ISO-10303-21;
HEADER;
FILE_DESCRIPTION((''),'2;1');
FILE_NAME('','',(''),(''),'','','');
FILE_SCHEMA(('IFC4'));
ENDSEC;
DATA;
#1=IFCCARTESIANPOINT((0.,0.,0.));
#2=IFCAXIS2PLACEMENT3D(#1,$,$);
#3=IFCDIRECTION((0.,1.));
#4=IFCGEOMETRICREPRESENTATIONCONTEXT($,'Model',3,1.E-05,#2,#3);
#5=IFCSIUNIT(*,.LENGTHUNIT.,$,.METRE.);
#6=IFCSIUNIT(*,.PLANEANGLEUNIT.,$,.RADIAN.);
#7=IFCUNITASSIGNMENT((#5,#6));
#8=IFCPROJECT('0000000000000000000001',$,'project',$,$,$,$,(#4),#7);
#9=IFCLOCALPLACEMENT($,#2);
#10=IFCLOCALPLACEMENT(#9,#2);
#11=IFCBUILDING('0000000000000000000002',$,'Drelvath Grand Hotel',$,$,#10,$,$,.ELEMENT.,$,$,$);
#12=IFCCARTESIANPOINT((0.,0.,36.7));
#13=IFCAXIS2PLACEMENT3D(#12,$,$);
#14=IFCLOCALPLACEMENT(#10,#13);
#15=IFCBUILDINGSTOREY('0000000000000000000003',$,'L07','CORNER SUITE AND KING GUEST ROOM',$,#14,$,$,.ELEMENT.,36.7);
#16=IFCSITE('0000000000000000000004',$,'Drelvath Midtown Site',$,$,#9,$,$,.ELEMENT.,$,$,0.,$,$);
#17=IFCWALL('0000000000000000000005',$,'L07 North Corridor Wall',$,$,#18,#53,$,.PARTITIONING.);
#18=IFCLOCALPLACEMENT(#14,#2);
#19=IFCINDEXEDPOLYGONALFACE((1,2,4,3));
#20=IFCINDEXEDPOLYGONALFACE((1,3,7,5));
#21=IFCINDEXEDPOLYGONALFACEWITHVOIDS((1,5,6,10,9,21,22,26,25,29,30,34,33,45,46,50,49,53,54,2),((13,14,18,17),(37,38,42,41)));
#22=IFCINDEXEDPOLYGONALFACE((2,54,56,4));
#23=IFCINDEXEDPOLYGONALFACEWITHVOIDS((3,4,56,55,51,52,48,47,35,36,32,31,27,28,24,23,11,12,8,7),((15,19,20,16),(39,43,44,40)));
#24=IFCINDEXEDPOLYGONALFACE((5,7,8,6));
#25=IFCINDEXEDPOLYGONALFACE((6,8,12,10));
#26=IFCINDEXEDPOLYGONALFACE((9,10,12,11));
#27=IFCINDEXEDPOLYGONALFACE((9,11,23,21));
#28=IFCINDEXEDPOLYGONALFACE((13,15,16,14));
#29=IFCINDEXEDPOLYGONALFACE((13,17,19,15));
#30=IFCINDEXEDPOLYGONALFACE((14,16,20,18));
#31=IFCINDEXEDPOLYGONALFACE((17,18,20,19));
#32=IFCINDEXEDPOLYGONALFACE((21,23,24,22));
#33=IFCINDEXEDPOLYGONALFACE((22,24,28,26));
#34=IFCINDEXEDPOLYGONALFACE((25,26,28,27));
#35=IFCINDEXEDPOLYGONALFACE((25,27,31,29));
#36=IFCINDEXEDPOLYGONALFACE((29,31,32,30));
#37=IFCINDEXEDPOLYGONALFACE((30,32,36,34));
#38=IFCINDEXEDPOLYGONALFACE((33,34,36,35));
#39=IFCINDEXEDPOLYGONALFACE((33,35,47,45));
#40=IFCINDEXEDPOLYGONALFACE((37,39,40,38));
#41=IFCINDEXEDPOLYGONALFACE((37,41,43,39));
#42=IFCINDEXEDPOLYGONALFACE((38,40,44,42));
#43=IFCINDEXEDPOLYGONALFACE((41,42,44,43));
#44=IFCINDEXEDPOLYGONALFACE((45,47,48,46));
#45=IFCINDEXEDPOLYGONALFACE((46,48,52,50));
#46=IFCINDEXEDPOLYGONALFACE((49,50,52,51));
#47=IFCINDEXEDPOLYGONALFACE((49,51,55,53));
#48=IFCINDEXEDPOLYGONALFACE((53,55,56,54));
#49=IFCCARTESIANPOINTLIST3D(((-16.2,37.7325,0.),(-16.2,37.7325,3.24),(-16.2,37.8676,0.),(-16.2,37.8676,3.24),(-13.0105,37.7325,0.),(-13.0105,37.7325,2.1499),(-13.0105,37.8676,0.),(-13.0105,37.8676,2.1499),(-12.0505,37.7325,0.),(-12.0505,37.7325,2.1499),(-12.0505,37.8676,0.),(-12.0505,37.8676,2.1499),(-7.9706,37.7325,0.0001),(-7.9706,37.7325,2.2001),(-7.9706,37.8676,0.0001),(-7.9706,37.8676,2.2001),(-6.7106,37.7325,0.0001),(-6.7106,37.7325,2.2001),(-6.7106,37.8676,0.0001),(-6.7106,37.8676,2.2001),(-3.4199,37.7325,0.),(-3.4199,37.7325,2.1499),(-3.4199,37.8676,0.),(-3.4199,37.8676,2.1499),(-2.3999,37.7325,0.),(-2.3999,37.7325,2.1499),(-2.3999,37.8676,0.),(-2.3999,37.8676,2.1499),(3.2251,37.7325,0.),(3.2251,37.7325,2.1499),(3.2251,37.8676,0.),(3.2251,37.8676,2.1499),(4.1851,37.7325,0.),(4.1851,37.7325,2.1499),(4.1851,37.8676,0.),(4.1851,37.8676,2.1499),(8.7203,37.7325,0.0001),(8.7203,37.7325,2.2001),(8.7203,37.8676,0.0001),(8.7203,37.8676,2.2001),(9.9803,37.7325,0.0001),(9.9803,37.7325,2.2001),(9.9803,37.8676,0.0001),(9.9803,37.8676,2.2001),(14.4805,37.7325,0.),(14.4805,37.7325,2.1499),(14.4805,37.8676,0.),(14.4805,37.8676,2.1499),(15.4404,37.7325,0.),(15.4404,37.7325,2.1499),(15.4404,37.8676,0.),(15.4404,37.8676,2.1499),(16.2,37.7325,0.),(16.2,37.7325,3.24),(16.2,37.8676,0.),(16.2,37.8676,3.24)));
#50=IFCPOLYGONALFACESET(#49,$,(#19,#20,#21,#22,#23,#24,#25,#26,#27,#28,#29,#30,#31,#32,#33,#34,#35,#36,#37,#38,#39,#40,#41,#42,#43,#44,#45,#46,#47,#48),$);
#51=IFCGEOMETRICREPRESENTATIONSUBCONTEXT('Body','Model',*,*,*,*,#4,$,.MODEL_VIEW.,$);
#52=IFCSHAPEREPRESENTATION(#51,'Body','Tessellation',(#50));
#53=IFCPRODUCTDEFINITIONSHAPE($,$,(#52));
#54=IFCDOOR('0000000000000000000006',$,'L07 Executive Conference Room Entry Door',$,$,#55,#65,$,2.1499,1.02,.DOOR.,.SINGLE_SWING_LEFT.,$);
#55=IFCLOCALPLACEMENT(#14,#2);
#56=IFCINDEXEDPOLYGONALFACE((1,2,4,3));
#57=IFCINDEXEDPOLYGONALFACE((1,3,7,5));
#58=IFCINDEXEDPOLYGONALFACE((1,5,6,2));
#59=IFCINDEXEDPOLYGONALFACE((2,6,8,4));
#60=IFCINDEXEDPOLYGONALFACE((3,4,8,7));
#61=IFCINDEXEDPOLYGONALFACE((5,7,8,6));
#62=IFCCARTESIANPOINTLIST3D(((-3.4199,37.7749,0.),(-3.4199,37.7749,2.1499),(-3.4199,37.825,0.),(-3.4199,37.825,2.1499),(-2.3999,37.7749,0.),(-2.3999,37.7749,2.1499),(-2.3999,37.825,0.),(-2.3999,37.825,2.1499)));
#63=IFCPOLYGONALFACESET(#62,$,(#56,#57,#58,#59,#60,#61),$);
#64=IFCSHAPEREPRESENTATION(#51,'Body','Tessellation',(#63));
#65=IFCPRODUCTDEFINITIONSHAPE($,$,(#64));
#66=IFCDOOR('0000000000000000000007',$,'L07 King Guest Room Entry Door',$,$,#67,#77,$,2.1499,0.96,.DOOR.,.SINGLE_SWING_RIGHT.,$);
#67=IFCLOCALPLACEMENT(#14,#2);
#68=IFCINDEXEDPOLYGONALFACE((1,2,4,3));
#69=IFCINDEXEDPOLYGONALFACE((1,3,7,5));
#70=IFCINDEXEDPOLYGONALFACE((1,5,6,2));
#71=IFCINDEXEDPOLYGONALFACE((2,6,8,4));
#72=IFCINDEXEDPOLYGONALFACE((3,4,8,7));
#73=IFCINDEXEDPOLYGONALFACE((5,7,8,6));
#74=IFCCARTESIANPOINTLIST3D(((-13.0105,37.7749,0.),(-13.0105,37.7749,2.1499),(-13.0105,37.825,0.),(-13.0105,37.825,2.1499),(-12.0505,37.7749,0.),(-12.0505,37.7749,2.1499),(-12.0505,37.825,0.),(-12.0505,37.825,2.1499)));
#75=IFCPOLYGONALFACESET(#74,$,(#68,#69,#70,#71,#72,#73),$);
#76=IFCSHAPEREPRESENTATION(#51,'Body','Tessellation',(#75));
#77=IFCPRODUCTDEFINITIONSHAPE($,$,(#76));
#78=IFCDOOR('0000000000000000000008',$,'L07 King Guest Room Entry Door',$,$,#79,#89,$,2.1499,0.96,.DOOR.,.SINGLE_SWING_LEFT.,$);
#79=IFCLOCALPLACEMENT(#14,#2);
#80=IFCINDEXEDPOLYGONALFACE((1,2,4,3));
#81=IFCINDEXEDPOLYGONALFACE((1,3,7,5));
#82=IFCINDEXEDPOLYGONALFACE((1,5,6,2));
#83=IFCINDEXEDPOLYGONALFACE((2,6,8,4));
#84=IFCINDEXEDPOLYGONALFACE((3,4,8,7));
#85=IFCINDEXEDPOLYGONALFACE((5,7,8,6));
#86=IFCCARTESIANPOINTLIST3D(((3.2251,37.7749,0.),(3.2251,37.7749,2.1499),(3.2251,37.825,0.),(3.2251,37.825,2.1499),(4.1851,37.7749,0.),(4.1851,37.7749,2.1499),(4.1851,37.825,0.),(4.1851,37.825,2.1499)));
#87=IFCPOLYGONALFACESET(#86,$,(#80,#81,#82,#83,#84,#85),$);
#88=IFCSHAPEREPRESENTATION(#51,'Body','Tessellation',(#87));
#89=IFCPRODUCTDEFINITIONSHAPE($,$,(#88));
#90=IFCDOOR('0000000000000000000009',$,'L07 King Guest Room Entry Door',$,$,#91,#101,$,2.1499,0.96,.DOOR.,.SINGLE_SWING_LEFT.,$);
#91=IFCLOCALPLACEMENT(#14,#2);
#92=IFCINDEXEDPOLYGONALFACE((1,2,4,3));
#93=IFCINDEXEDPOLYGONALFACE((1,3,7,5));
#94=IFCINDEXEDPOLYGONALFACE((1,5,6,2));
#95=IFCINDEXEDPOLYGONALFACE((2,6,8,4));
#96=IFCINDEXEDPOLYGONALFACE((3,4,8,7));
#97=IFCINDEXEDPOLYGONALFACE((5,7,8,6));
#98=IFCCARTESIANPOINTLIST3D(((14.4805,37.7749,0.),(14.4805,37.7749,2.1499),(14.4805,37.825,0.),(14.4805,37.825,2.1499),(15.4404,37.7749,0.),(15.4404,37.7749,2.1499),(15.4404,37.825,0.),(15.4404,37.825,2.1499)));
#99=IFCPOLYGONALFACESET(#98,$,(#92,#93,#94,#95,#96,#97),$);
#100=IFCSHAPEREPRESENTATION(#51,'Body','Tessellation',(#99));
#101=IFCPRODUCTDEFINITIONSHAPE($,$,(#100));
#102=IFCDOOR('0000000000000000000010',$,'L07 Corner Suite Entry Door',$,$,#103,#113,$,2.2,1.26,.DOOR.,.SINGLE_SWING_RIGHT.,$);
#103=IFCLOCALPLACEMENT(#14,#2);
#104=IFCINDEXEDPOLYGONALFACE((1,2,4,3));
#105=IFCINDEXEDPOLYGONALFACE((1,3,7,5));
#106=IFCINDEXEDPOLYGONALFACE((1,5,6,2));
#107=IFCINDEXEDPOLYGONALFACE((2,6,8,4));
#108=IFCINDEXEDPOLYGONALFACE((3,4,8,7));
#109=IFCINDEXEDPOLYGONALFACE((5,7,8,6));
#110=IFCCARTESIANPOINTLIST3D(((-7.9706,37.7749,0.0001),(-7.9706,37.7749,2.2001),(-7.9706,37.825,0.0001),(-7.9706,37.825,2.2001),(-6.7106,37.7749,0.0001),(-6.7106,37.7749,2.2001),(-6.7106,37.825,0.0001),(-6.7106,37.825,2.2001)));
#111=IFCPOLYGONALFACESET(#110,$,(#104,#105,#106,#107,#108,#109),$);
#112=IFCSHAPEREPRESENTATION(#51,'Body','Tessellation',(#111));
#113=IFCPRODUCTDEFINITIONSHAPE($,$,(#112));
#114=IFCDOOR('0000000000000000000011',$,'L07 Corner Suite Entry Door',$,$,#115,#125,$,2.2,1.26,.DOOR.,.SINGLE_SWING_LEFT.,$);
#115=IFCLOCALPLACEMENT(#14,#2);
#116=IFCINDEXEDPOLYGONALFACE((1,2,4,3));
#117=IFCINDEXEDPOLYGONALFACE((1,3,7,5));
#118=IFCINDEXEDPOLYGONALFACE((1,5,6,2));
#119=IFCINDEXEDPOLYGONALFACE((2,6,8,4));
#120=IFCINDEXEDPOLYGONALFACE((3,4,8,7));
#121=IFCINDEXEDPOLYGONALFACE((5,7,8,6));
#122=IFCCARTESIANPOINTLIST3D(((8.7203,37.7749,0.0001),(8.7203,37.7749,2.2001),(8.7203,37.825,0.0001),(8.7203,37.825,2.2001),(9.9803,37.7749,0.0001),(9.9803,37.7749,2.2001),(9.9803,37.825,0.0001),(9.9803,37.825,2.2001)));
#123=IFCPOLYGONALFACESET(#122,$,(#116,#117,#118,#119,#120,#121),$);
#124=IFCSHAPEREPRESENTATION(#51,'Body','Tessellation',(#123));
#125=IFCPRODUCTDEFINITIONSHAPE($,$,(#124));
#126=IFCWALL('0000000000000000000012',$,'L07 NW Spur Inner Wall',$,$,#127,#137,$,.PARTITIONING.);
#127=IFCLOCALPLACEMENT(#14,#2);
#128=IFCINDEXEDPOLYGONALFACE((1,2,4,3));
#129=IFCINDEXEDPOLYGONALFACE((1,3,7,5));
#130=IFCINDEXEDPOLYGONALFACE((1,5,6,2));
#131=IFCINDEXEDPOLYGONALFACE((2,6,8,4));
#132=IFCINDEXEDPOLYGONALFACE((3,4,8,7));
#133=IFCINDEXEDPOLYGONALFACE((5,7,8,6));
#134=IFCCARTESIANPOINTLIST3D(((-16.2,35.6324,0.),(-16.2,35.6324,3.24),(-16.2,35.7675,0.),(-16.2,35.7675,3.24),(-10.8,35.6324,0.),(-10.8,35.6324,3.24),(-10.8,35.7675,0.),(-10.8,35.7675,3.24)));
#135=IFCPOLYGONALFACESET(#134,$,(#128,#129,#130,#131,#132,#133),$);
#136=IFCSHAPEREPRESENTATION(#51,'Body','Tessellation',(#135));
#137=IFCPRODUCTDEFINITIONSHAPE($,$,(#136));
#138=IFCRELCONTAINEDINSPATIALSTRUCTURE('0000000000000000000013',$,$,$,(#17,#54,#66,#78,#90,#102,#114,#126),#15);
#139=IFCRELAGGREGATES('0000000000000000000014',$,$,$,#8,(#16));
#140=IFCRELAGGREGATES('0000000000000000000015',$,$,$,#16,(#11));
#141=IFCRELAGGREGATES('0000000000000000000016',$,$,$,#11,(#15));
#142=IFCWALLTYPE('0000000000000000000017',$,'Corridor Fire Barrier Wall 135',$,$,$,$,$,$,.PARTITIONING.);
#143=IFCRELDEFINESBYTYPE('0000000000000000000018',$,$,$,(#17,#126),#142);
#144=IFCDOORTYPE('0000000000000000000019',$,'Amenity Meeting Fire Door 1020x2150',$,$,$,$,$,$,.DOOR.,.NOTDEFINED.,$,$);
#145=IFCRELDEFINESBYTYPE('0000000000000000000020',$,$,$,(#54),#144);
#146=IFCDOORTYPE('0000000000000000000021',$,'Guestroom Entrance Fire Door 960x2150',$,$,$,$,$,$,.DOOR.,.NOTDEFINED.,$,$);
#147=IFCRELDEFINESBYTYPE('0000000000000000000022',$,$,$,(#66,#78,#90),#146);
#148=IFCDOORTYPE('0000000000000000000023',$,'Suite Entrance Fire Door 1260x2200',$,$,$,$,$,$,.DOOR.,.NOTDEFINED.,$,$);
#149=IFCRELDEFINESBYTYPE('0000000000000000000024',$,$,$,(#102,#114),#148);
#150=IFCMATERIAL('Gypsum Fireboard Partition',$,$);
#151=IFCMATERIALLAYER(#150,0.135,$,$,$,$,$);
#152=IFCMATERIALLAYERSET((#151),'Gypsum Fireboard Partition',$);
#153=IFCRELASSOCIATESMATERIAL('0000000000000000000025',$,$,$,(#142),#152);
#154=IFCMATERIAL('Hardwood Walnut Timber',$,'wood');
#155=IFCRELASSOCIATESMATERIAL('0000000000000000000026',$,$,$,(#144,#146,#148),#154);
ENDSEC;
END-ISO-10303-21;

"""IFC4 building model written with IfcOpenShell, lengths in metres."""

from ifc_helpers import new_model, si_unit, direction, frame, frame_2d, origin, place, context, subcontext, project, spatial, rectangle, extrude, material, layer, layer_set, type_object, element, fill, save


model = new_model("IFC4")

# Units and contexts
model_context = context("Model", 3, precision=1e-05, world=origin(), true_north=direction((0.0, 1.0)))
body_context = subcontext(model_context, "Body", "Model", "MODEL_VIEW")
ifc_project = project(units=[si_unit("LENGTHUNIT", "METRE"), si_unit("PLANEANGLEUNIT", "RADIAN")], contexts=[model_context])

# Site, building, storey
site_placement = place(None, origin())
site = spatial("IfcSite", under=ifc_project, at=site_placement, Name="Drelvath Midtown Site", CompositionType="ELEMENT", RefElevation=0.0)
building_placement = place(site_placement, origin())
building = spatial("IfcBuilding", under=site, at=building_placement, Name="Drelvath Grand Hotel", CompositionType="ELEMENT")
storey_placement = place(building_placement, frame((0.0, 0.0, 36.7)))
storey = spatial("IfcBuildingStorey", under=building, at=storey_placement, Name="L07", Description="CORNER SUITE AND KING GUEST ROOM", CompositionType="ELEMENT", Elevation=36.7)

# Wall, openings, doors
ifc_material_1 = material(Name="Gypsum Fireboard Partition")
ifc_layer_1 = layer(ifc_material_1, 0.135)
ifc_layer_set_1 = layer_set([ifc_layer_1], Name="Gypsum Fireboard Partition")
wall_type_1 = type_object("IfcWallType", Name="Corridor Fire Barrier Wall 135", PredefinedType="PARTITIONING", material=ifc_layer_set_1)
wall_1_placement = place(storey_placement, frame((-16.2, 37.8, 0.0), z_axis=(0.0, 0.0, 1.0), x_axis=(1.0, 0.0, 0.0)))
wall_1 = element("IfcWall", 1, at=wall_1_placement, inside=storey, type_object=wall_type_1, Name="L07 North Corridor Wall", PredefinedType="PARTITIONING", context=body_context, shape_type="SweptSolid", body=[
    extrude(rectangle(XDim=32.3999, YDim=0.135, at=frame_2d((16.2, 0.0))), origin(), (0.0, 0.0, 1.0), 3.24),
])
opening_1_placement = place(wall_1_placement, frame((3.1895, 0.0, 0.0)))
opening_1 = element("IfcOpeningElement", 2, at=opening_1_placement, cuts=wall_1, PredefinedType="OPENING", context=body_context, shape_type="SweptSolid", body=[
    extrude(rectangle(XDim=0.96, YDim=2.1499, at=frame_2d((0.48, 1.075))), frame((0.0, 0.0774, 0.0), z_axis=(0.0, -1.0, 0.0), x_axis=(1.0, 0.0, 0.0)), (0.0, 0.0, 1.0), 0.155),
])
opening_2_placement = place(wall_1_placement, frame((8.2295, 0.0, 0.0)))
opening_2 = element("IfcOpeningElement", 3, at=opening_2_placement, cuts=wall_1, PredefinedType="OPENING", context=body_context, shape_type="SweptSolid", body=[
    extrude(rectangle(XDim=1.26, YDim=2.2, at=frame_2d((0.6299, 1.1001))), frame((0.0, 0.0774, 0.0), z_axis=(0.0, -1.0, 0.0), x_axis=(1.0, 0.0, 0.0)), (0.0, 0.0, 1.0), 0.155),
])
opening_3_placement = place(wall_1_placement, frame((12.78, 0.0, 0.0)))
opening_3 = element("IfcOpeningElement", 4, at=opening_3_placement, cuts=wall_1, PredefinedType="OPENING", context=body_context, shape_type="SweptSolid", body=[
    extrude(rectangle(XDim=1.02, YDim=2.1499, at=frame_2d((0.51, 1.075))), frame((0.0, 0.0774, 0.0), z_axis=(0.0, -1.0, 0.0), x_axis=(1.0, 0.0, 0.0)), (0.0, 0.0, 1.0), 0.155),
])
opening_4_placement = place(wall_1_placement, frame((19.425, 0.0, 0.0)))
opening_4 = element("IfcOpeningElement", 5, at=opening_4_placement, cuts=wall_1, PredefinedType="OPENING", context=body_context, shape_type="SweptSolid", body=[
    extrude(rectangle(XDim=0.96, YDim=2.1499, at=frame_2d((0.48, 1.075))), frame((0.0, 0.0774, 0.0), z_axis=(0.0, -1.0, 0.0), x_axis=(1.0, 0.0, 0.0)), (0.0, 0.0, 1.0), 0.155),
])
opening_5_placement = place(wall_1_placement, frame((24.9204, 0.0, 0.0)))
opening_5 = element("IfcOpeningElement", 6, at=opening_5_placement, cuts=wall_1, PredefinedType="OPENING", context=body_context, shape_type="SweptSolid", body=[
    extrude(rectangle(XDim=1.26, YDim=2.2, at=frame_2d((0.6299, 1.1001))), frame((0.0, 0.0774, 0.0), z_axis=(0.0, -1.0, 0.0), x_axis=(1.0, 0.0, 0.0)), (0.0, 0.0, 1.0), 0.155),
])
opening_6_placement = place(wall_1_placement, frame((30.6804, 0.0, 0.0)))
opening_6 = element("IfcOpeningElement", 7, at=opening_6_placement, cuts=wall_1, PredefinedType="OPENING", context=body_context, shape_type="SweptSolid", body=[
    extrude(rectangle(XDim=0.96, YDim=2.1499, at=frame_2d((0.48, 1.075))), frame((0.0, 0.0774, 0.0), z_axis=(0.0, -1.0, 0.0), x_axis=(1.0, 0.0, 0.0)), (0.0, 0.0, 1.0), 0.155),
])
ifc_material_2 = material(Name="Hardwood Walnut Timber", Category="wood")
door_type_1 = type_object("IfcDoorType", Name="Amenity Meeting Fire Door 1020x2150", OperationType="NOTDEFINED", PredefinedType="DOOR", material=ifc_material_2)
door_1_placement = place(opening_3_placement, origin())
door_1 = element("IfcDoor", 8, at=door_1_placement, inside=storey, type_object=door_type_1, Name="L07 Executive Conference Room Entry Door", OperationType="SINGLE_SWING_LEFT", OverallHeight=2.1499, OverallWidth=1.02, PredefinedType="DOOR", context=body_context, shape_type="SweptSolid", body=[
    extrude(rectangle(XDim=1.02, YDim=2.1499, at=frame_2d((0.51, 1.075))), frame((0.0, 0.0249, 0.0), z_axis=(0.0, -1.0, 0.0), x_axis=(1.0, 0.0, 0.0)), (0.0, 0.0, 1.0), 0.05),
])
fill(opening_3, door_1)
door_type_2 = type_object("IfcDoorType", Name="Guestroom Entrance Fire Door 960x2150", OperationType="NOTDEFINED", PredefinedType="DOOR", material=ifc_material_2)
door_2_placement = place(opening_1_placement, origin())
door_2 = element("IfcDoor", 9, at=door_2_placement, inside=storey, type_object=door_type_2, Name="L07 King Guest Room Entry Door", OperationType="SINGLE_SWING_RIGHT", OverallHeight=2.1499, OverallWidth=0.96, PredefinedType="DOOR", context=body_context, shape_type="SweptSolid", body=[
    extrude(rectangle(XDim=0.96, YDim=2.1499, at=frame_2d((0.48, 1.075))), frame((0.0, 0.0249, 0.0), z_axis=(0.0, -1.0, 0.0), x_axis=(1.0, 0.0, 0.0)), (0.0, 0.0, 1.0), 0.05),
])
fill(opening_1, door_2)
door_3_placement = place(opening_4_placement, origin())
door_3 = element("IfcDoor", 10, at=door_3_placement, inside=storey, type_object=door_type_2, Name="L07 King Guest Room Entry Door", OperationType="SINGLE_SWING_LEFT", OverallHeight=2.1499, OverallWidth=0.96, PredefinedType="DOOR", context=body_context, shape_type="SweptSolid", body=[
    extrude(rectangle(XDim=0.96, YDim=2.1499, at=frame_2d((0.48, 1.075))), frame((0.0, 0.0249, 0.0), z_axis=(0.0, -1.0, 0.0), x_axis=(1.0, 0.0, 0.0)), (0.0, 0.0, 1.0), 0.05),
])
fill(opening_4, door_3)
door_4_placement = place(opening_6_placement, origin())
door_4 = element("IfcDoor", 11, at=door_4_placement, inside=storey, type_object=door_type_2, Name="L07 King Guest Room Entry Door", OperationType="SINGLE_SWING_LEFT", OverallHeight=2.1499, OverallWidth=0.96, PredefinedType="DOOR", context=body_context, shape_type="SweptSolid", body=[
    extrude(rectangle(XDim=0.96, YDim=2.1499, at=frame_2d((0.48, 1.075))), frame((0.0, 0.0249, 0.0), z_axis=(0.0, -1.0, 0.0), x_axis=(1.0, 0.0, 0.0)), (0.0, 0.0, 1.0), 0.05),
])
fill(opening_6, door_4)
door_type_3 = type_object("IfcDoorType", Name="Suite Entrance Fire Door 1260x2200", OperationType="NOTDEFINED", PredefinedType="DOOR", material=ifc_material_2)
door_5_placement = place(opening_2_placement, origin())
door_5 = element("IfcDoor", 12, at=door_5_placement, inside=storey, type_object=door_type_3, Name="L07 Corner Suite Entry Door", OperationType="SINGLE_SWING_RIGHT", OverallHeight=2.2, OverallWidth=1.26, PredefinedType="DOOR", context=body_context, shape_type="SweptSolid", body=[
    extrude(rectangle(XDim=1.26, YDim=2.2, at=frame_2d((0.6299, 1.1001))), frame((0.0, 0.0249, 0.0), z_axis=(0.0, -1.0, 0.0), x_axis=(1.0, 0.0, 0.0)), (0.0, 0.0, 1.0), 0.05),
])
fill(opening_2, door_5)
door_6_placement = place(opening_5_placement, origin())
door_6 = element("IfcDoor", 13, at=door_6_placement, inside=storey, type_object=door_type_3, Name="L07 Corner Suite Entry Door", OperationType="SINGLE_SWING_LEFT", OverallHeight=2.2, OverallWidth=1.26, PredefinedType="DOOR", context=body_context, shape_type="SweptSolid", body=[
    extrude(rectangle(XDim=1.26, YDim=2.2, at=frame_2d((0.6299, 1.1001))), frame((0.0, 0.0249, 0.0), z_axis=(0.0, -1.0, 0.0), x_axis=(1.0, 0.0, 0.0)), (0.0, 0.0, 1.0), 0.05),
])
fill(opening_5, door_6)

# Wall
wall_2_placement = place(storey_placement, frame((-16.2, 35.7, 0.0), z_axis=(0.0, 0.0, 1.0), x_axis=(1.0, 0.0, 0.0)))
element("IfcWall", 14, at=wall_2_placement, inside=storey, type_object=wall_type_1, Name="L07 NW Spur Inner Wall", PredefinedType="PARTITIONING", context=body_context, shape_type="SweptSolid", body=[
    extrude(rectangle(XDim=5.3999, YDim=0.135, at=frame_2d((2.7, 0.0))), origin(), (0.0, 0.0, 1.0), 3.24),
])

save(model, "model.ifc")
